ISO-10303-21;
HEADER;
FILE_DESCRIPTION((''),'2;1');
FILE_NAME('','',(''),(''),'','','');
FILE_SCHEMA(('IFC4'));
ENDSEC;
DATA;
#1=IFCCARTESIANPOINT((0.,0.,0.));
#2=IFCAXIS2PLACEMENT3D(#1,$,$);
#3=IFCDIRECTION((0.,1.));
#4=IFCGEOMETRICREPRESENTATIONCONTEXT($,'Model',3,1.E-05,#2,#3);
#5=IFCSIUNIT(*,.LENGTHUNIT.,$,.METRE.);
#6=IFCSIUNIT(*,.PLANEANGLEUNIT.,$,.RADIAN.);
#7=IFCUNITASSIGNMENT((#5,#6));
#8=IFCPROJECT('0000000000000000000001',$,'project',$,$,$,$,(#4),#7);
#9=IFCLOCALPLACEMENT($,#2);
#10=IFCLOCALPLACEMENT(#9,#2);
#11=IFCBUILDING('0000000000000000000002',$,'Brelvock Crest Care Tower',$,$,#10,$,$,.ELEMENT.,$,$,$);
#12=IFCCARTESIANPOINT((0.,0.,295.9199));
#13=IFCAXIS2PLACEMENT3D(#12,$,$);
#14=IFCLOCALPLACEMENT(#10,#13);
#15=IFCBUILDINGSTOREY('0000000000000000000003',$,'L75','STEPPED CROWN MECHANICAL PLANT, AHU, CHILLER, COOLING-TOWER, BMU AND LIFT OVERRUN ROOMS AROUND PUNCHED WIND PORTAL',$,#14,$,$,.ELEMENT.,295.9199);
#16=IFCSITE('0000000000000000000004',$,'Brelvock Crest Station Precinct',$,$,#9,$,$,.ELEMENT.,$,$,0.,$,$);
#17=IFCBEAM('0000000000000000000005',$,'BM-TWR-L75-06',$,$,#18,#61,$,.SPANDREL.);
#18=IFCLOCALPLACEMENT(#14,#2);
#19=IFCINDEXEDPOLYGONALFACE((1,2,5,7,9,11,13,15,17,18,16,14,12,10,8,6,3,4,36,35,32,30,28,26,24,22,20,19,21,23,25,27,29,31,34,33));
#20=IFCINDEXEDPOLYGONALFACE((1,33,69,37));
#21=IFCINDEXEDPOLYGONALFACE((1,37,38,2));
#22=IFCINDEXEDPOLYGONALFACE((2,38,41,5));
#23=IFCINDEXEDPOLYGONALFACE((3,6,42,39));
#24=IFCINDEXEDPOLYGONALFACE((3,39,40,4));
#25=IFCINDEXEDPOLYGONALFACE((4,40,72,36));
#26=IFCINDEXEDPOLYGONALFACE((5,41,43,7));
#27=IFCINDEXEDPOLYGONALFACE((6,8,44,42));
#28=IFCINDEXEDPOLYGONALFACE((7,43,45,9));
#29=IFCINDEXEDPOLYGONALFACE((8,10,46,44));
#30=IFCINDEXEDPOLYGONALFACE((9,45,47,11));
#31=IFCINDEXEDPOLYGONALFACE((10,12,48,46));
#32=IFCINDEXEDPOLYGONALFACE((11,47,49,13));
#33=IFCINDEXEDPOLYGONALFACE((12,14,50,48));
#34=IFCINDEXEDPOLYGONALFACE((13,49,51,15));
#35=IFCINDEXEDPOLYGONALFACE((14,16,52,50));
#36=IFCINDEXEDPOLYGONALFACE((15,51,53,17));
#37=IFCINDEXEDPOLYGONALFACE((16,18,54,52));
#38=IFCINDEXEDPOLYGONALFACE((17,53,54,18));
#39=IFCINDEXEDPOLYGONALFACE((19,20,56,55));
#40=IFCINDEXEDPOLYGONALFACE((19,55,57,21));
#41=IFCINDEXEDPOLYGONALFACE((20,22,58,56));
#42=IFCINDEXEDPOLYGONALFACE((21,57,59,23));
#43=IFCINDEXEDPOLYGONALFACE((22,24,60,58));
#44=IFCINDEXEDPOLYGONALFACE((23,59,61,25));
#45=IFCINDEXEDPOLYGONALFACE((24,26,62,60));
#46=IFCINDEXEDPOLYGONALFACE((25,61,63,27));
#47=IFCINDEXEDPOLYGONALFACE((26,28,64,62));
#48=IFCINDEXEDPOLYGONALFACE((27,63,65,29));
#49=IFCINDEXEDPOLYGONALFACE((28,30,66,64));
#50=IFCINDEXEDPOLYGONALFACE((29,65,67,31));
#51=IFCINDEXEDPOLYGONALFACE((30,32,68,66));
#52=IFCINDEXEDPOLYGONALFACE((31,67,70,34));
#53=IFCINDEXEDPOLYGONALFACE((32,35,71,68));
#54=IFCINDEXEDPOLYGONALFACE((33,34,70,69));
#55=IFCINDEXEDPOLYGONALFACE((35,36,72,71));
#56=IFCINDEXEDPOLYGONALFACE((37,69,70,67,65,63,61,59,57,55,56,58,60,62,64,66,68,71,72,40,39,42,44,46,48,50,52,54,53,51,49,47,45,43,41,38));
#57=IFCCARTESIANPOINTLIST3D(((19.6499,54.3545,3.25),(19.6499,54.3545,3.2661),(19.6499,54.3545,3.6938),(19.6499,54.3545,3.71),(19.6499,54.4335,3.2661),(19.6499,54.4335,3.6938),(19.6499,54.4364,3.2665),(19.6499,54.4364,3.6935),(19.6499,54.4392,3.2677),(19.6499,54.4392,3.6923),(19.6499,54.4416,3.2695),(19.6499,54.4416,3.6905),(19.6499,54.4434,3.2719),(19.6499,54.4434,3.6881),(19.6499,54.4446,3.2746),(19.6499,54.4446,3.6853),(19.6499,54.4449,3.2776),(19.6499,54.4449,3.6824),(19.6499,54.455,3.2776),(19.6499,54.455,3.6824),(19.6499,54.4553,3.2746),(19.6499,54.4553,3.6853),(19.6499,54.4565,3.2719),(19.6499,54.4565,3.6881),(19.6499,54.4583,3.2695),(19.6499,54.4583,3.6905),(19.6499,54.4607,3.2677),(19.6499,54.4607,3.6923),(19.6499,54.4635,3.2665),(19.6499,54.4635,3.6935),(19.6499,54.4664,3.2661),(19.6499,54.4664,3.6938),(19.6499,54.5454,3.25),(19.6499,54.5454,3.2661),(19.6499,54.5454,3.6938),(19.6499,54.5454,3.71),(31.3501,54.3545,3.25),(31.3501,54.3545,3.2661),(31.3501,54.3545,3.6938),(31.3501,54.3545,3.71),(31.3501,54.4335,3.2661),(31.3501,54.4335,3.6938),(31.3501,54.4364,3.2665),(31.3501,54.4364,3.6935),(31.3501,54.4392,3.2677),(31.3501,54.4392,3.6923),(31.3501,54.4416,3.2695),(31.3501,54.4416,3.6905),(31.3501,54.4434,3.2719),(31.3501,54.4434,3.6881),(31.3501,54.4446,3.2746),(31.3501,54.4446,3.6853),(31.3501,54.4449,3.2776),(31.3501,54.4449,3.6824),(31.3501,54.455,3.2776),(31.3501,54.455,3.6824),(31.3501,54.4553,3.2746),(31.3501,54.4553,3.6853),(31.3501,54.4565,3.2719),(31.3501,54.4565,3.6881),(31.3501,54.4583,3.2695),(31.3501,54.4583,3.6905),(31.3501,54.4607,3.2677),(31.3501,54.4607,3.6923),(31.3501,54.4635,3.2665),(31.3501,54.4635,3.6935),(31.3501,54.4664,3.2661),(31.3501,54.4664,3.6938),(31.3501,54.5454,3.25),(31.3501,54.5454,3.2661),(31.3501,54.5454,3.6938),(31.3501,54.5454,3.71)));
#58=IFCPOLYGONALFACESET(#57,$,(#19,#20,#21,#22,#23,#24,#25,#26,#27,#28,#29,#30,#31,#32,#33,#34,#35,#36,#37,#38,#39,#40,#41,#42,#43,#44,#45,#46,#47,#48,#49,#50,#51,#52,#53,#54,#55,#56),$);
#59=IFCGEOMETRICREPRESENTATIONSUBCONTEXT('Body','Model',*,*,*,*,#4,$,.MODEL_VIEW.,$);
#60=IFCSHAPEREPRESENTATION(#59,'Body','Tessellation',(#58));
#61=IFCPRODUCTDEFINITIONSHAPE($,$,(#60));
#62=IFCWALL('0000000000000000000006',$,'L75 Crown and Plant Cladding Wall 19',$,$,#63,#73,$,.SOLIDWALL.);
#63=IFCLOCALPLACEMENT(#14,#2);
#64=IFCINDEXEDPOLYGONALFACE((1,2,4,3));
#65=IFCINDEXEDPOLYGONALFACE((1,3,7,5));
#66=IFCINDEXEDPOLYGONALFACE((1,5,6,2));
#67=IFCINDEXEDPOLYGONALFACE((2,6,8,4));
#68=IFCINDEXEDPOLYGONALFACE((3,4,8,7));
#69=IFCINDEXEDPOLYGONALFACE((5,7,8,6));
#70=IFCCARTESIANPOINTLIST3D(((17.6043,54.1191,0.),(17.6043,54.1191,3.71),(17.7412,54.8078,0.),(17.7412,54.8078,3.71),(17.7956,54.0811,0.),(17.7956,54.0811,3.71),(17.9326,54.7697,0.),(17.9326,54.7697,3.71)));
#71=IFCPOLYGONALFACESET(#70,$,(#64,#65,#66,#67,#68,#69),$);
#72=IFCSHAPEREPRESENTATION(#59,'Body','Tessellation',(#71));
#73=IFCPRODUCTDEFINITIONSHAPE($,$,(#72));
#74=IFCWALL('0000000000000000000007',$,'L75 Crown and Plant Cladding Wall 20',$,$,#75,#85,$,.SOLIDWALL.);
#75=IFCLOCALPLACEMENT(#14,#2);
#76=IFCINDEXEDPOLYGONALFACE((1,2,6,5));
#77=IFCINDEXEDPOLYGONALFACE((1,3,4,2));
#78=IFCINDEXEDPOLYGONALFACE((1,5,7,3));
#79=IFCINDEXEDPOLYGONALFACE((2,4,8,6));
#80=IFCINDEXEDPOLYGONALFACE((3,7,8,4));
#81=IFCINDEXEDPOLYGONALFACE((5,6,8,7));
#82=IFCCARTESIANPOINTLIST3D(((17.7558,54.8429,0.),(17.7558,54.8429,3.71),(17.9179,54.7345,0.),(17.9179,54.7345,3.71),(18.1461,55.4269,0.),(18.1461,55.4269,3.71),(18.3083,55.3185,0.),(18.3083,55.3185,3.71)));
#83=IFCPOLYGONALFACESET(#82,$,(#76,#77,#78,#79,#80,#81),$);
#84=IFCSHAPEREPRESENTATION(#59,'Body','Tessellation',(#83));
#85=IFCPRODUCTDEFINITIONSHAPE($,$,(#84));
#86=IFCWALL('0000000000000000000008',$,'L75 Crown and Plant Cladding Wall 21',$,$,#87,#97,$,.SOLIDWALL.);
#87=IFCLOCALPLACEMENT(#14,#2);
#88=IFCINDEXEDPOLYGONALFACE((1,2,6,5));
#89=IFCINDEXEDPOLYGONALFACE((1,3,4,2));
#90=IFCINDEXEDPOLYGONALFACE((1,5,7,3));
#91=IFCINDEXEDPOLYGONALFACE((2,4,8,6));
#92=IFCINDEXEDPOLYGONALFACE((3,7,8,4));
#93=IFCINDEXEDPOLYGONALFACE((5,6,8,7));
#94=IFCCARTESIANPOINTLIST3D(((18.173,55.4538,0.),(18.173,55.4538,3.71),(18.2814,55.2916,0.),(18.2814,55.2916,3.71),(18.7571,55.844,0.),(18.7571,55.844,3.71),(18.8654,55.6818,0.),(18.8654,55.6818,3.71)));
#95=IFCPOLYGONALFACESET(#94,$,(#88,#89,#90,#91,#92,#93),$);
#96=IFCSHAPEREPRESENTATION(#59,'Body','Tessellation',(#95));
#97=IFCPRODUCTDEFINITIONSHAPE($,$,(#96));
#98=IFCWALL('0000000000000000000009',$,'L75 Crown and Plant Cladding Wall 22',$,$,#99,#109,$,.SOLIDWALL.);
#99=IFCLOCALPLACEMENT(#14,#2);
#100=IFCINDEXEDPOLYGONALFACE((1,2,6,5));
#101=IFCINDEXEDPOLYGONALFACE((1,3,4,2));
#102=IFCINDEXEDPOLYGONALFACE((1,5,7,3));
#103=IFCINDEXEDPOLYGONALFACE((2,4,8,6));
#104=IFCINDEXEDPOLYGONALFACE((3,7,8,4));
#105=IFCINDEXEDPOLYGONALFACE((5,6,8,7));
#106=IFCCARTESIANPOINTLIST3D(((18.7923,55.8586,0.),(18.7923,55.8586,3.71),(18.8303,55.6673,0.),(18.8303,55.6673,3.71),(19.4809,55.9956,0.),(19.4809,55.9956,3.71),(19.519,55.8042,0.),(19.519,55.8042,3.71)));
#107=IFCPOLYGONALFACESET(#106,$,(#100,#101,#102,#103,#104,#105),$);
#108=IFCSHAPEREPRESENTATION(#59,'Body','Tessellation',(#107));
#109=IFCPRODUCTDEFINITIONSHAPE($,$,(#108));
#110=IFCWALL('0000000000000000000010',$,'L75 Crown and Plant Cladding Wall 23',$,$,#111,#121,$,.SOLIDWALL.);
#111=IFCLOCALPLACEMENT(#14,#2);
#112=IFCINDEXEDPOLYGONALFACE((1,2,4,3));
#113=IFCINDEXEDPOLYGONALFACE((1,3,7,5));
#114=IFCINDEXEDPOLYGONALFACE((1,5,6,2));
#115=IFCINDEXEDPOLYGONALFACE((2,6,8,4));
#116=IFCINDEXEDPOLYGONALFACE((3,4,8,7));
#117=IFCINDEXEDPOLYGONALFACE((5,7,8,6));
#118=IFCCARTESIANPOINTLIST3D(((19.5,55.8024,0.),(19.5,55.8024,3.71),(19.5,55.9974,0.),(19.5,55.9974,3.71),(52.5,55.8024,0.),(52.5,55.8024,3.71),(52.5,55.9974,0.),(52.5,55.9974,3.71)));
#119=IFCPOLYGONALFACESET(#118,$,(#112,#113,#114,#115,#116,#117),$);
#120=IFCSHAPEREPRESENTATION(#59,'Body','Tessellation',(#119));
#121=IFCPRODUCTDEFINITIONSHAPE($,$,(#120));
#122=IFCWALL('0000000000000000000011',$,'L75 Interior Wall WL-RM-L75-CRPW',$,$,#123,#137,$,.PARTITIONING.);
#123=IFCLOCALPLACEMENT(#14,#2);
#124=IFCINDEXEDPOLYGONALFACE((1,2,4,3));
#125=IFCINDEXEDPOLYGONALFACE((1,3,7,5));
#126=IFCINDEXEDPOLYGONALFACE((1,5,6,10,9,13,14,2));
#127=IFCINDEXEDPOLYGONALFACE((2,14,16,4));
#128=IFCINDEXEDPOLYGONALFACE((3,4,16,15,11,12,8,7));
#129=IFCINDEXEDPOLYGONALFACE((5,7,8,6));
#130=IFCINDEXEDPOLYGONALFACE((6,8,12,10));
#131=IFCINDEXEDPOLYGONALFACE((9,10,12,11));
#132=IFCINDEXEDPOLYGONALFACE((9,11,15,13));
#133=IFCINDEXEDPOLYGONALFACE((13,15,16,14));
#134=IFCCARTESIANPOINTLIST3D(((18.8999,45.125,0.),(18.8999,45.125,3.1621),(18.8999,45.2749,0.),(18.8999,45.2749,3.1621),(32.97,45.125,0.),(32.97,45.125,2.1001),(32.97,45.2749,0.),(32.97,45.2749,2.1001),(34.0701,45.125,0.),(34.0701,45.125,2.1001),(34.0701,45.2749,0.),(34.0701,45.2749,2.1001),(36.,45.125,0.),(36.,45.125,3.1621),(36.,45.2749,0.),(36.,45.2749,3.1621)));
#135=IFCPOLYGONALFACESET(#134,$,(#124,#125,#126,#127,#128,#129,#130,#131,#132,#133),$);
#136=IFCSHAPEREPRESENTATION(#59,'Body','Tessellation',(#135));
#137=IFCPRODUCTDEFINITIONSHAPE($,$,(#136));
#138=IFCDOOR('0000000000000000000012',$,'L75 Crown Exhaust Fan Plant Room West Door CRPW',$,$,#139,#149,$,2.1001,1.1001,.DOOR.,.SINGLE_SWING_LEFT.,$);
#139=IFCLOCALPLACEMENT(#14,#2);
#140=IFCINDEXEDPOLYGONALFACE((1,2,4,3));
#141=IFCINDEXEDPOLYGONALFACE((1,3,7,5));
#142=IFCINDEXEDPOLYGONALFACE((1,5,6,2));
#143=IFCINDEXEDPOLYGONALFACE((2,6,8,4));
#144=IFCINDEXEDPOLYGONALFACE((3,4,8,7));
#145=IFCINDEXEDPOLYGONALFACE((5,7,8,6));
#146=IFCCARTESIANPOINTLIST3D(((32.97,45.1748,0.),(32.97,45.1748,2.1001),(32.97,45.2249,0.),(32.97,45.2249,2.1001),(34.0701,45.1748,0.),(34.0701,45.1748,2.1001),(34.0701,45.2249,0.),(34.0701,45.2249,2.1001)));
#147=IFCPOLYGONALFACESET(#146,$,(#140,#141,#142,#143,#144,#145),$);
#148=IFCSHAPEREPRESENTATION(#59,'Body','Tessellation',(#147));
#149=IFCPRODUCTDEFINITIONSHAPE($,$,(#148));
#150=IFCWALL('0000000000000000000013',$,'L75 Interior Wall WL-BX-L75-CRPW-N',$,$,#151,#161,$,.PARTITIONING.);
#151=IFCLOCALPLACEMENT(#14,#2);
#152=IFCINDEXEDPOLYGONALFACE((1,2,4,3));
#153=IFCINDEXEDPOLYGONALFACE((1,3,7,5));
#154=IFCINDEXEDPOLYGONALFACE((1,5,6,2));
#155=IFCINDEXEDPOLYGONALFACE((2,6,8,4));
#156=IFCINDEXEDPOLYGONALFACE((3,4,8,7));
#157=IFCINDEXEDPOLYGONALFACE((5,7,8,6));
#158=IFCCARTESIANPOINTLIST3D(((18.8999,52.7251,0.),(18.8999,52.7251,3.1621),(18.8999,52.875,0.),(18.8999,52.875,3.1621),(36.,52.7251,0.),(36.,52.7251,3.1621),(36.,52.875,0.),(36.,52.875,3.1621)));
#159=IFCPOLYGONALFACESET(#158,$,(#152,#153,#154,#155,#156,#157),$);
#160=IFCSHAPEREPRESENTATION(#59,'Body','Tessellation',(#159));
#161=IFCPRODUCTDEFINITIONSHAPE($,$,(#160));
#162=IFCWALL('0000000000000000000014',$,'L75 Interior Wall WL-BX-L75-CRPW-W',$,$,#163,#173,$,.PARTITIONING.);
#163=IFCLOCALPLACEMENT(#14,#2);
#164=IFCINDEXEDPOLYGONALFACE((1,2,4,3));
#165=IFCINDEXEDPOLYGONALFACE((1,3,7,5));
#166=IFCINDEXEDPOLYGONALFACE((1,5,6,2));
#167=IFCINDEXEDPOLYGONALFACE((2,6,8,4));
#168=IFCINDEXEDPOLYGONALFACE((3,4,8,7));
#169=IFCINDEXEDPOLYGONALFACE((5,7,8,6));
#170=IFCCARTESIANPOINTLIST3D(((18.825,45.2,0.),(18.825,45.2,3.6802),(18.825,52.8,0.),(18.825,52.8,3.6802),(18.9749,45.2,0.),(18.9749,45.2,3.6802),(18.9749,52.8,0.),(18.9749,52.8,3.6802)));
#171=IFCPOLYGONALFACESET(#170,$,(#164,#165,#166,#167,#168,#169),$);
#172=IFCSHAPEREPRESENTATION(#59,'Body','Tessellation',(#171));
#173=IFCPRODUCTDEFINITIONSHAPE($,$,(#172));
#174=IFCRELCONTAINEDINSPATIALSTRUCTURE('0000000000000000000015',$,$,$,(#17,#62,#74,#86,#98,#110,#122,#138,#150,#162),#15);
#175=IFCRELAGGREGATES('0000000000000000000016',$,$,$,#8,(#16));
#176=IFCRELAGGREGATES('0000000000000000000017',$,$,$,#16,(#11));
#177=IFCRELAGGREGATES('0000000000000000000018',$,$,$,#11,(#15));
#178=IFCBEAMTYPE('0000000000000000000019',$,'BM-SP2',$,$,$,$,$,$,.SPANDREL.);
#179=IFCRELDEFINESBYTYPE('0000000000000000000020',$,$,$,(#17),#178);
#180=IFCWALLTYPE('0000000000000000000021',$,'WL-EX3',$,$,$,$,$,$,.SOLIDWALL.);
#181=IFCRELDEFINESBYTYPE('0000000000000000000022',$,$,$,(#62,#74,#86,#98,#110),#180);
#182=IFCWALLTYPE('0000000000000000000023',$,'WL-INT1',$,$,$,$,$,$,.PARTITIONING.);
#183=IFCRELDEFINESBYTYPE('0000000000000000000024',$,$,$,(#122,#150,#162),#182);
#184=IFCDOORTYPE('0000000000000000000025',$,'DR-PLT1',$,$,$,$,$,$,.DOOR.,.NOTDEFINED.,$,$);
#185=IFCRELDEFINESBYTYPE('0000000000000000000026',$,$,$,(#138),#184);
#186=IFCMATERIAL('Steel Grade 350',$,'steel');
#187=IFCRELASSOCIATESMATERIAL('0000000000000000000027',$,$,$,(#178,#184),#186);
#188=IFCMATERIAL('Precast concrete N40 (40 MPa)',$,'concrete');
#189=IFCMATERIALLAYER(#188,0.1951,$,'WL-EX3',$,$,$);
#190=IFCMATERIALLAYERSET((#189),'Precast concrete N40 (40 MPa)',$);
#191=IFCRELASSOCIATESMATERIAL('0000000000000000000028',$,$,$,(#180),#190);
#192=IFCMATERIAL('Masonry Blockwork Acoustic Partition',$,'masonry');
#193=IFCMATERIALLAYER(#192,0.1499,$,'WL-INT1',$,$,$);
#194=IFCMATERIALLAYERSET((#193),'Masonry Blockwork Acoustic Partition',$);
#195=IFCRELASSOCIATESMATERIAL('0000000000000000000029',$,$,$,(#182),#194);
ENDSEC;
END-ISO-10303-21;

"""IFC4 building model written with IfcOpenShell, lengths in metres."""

from ifc_helpers import new_model, si_unit, direction, frame, frame_2d, origin, origin_2d, place, context, subcontext, project, spatial, rectangle, i_section, extrude, source, transform, mapped, material, layer, layer_set, material_profile, profile_set, type_object, element, fill, save


model = new_model("IFC4")

# Units and contexts
model_context = context("Model", 3, precision=1e-05, world=origin(), true_north=direction((0.0, 1.0)))
body_context = subcontext(model_context, "Body", "Model", "MODEL_VIEW")
ifc_project = project(units=[si_unit("LENGTHUNIT", "METRE"), si_unit("PLANEANGLEUNIT", "RADIAN")], contexts=[model_context])

# Site, building, storey
site_placement = place(None, origin())
site = spatial("IfcSite", under=ifc_project, at=site_placement, Name="Brelvock Crest Station Precinct", CompositionType="ELEMENT", RefElevation=0.0)
building_placement = place(site_placement, origin())
building = spatial("IfcBuilding", under=site, at=building_placement, Name="Brelvock Crest Care Tower", CompositionType="ELEMENT")
storey_placement = place(building_placement, frame((0.0, 0.0, 295.9199)))
storey = spatial("IfcBuildingStorey", under=building, at=storey_placement, Name="L75", Description="STEPPED CROWN MECHANICAL PLANT, AHU, CHILLER, COOLING-TOWER, BMU AND LIFT OVERRUN ROOMS AROUND PUNCHED WIND PORTAL", CompositionType="ELEMENT", Elevation=295.9199)

# Shared definitions
ifc_material_1 = material(Name="Steel Grade 350", Category="steel")

# Beam
ifc_material_profile_1 = material_profile(ifc_material_1, i_section(OverallWidth=0.1909, OverallDepth=0.46, WebThickness=0.01, FlangeThickness=0.0161, FilletRadius=0.0115, at=origin_2d()), Name="460UB82.1")
ifc_profile_set_1 = profile_set([ifc_material_profile_1], Name="Steel Grade 350")
beam_type_1 = type_object("IfcBeamType", Name="BM-SP2", PredefinedType="SPANDREL", material=ifc_profile_set_1)
shared_shape_1 = source(origin(), body_context, "Body", "SweptSolid", [
    extrude(i_section(OverallWidth=0.1909, OverallDepth=0.46, WebThickness=0.01, FlangeThickness=0.0161, FilletRadius=0.0115, at=origin_2d()), origin(), (0.0, 0.0, 1.0), 11.7002),
])
for number, where, z_axis, x_axis, name in (
    (1, (19.6499, 54.45, 3.48), (1.0, 0.0, 0.0), (0.0, 1.0, 0.0), "BM-TWR-L75-06"),
):
    element("IfcBeam", number, at=place(storey_placement, frame(where, z_axis=z_axis, x_axis=x_axis)), inside=storey, type_object=beam_type_1, Name=name, PredefinedType="SPANDREL", context=body_context, shape_type="MappedRepresentation", body=[
        mapped(shared_shape_1, transform((0.0, 0.0, 0.0), x_axis=(1.0, 0.0, 0.0), y_axis=(0.0, 1.0, 0.0), z_axis=(0.0, 0.0, 1.0), scale=1.0)),
    ])

# Walls
ifc_material_2 = material(Name="Precast concrete N40 (40 MPa)", Category="concrete")
ifc_layer_1 = layer(ifc_material_2, 0.1951, Name="WL-EX3")
ifc_layer_set_1 = layer_set([ifc_layer_1], Name="Precast concrete N40 (40 MPa)")
wall_type_1 = type_object("IfcWallType", Name="WL-EX3", PredefinedType="SOLIDWALL", material=ifc_layer_set_1)
wall_1_placement = place(storey_placement, frame((17.7, 54.1001, 0.0), z_axis=(0.0, 0.0, 1.0), x_axis=(0.195046, 0.980794, 0.0)))
element("IfcWall", 2, at=wall_1_placement, inside=storey, type_object=wall_type_1, Name="L75 Crown and Plant Cladding Wall 19", PredefinedType="SOLIDWALL", context=body_context, shape_type="SweptSolid", body=[
    extrude(rectangle(XDim=0.7021, YDim=0.1951, at=frame_2d((0.3511, 0.0))), origin(), (0.0, 0.0, 1.0), 3.71),
])
for number, where, z_axis, x_axis, name in (
    (3, (17.8369, 54.7888, 0.0), (0.0, 0.0, 1.0), (0.555742, 0.831355, 0.0), "L75 Crown and Plant Cladding Wall 20"),
    (4, (18.2273, 55.3728, 0.0), (0.0, 0.0, 1.0), (0.831515, 0.555502, 0.0), "L75 Crown and Plant Cladding Wall 21"),
):
    element("IfcWall", number, at=place(storey_placement, frame(where, z_axis=z_axis, x_axis=x_axis)), inside=storey, type_object=wall_type_1, Name=name, PredefinedType="SOLIDWALL", context=body_context, shape_type="SweptSolid", body=[
        extrude(rectangle(XDim=0.7024, YDim=0.1951, at=frame_2d((0.3511, 0.0))), origin(), (0.0, 0.0, 1.0), 3.71),
    ])
wall_2_placement = place(storey_placement, frame((18.8113, 55.7629, 0.0), z_axis=(0.0, 0.0, 1.0), x_axis=(0.980794, 0.195046, 0.0)))
element("IfcWall", 5, at=wall_2_placement, inside=storey, type_object=wall_type_1, Name="L75 Crown and Plant Cladding Wall 22", PredefinedType="SOLIDWALL", context=body_context, shape_type="SweptSolid", body=[
    extrude(rectangle(XDim=0.7021, YDim=0.1951, at=frame_2d((0.3511, 0.0))), origin(), (0.0, 0.0, 1.0), 3.71),
])
wall_3_placement = place(storey_placement, frame((19.5, 55.8999, 0.0), z_axis=(0.0, 0.0, 1.0), x_axis=(1.0, 0.0, 0.0)))
element("IfcWall", 6, at=wall_3_placement, inside=storey, type_object=wall_type_1, Name="L75 Crown and Plant Cladding Wall 23", PredefinedType="SOLIDWALL", context=body_context, shape_type="SweptSolid", body=[
    extrude(rectangle(XDim=33.0, YDim=0.1951, at=frame_2d((16.5, 0.0))), origin(), (0.0, 0.0, 1.0), 3.71),
])

# Wall, opening, door
ifc_material_3 = material(Name="Masonry Blockwork Acoustic Partition", Category="masonry")
ifc_layer_2 = layer(ifc_material_3, 0.1499, Name="WL-INT1")
ifc_layer_set_2 = layer_set([ifc_layer_2], Name="Masonry Blockwork Acoustic Partition")
wall_type_2 = type_object("IfcWallType", Name="WL-INT1", PredefinedType="PARTITIONING", material=ifc_layer_set_2)
wall_4_placement = place(storey_placement, frame((18.8999, 45.2, 0.0), z_axis=(0.0, 0.0, 1.0), x_axis=(1.0, 0.0, 0.0)))
wall_4 = element("IfcWall", 7, at=wall_4_placement, inside=storey, type_object=wall_type_2, Name="L75 Interior Wall WL-RM-L75-CRPW", PredefinedType="PARTITIONING", context=body_context, shape_type="SweptSolid", body=[
    extrude(rectangle(XDim=17.1001, YDim=0.1499, at=frame_2d((8.55, 0.0))), origin(), (0.0, 0.0, 1.0), 3.1621),
])
opening_placement = place(wall_4_placement, frame((14.0701, 0.0, 0.0)))
opening = element("IfcOpeningElement", 8, at=opening_placement, cuts=wall_4, PredefinedType="OPENING", context=body_context, shape_type="SweptSolid", body=[
    extrude(rectangle(XDim=1.1001, YDim=2.1001, at=origin_2d()), frame((0.55, 0.085, 1.05), z_axis=(0.0, -1.0, 0.0), x_axis=(1.0, 0.0, 0.0)), (0.0, 0.0, 1.0), 0.1699),
])
door_type = type_object("IfcDoorType", Name="DR-PLT1", OperationType="NOTDEFINED", PredefinedType="DOOR", material=ifc_material_1)
shared_shape_2 = source(origin(), body_context, "Body", "SweptSolid", [
    extrude(rectangle(XDim=1.1001, YDim=2.1001, at=origin_2d()), frame((0.55, 0.0249, 1.05), z_axis=(0.0, -1.0, 0.0), x_axis=(1.0, 0.0, 0.0)), (0.0, 0.0, 1.0), 0.05),
])
door_placement = place(opening_placement, origin())
door = element("IfcDoor", 9, at=door_placement, inside=storey, type_object=door_type, Name="L75 Crown Exhaust Fan Plant Room West Door CRPW", OperationType="SINGLE_SWING_LEFT", OverallHeight=2.1001, OverallWidth=1.1001, PredefinedType="DOOR", context=body_context, shape_type="MappedRepresentation", body=[
    mapped(shared_shape_2, transform((0.0, 0.0, 0.0), x_axis=(1.0, 0.0, 0.0), y_axis=(0.0, 1.0, 0.0), z_axis=(0.0, 0.0, 1.0), scale=1.0)),
])
fill(opening, door)

# Walls
wall_5_placement = place(storey_placement, frame((18.8999, 52.8, 0.0), z_axis=(0.0, 0.0, 1.0), x_axis=(1.0, 0.0, 0.0)))
element("IfcWall", 10, at=wall_5_placement, inside=storey, type_object=wall_type_2, Name="L75 Interior Wall WL-BX-L75-CRPW-N", PredefinedType="PARTITIONING", context=body_context, shape_type="SweptSolid", body=[
    extrude(rectangle(XDim=17.1001, YDim=0.1499, at=frame_2d((8.55, 0.0))), origin(), (0.0, 0.0, 1.0), 3.1621),
])
wall_6_placement = place(storey_placement, frame((18.8999, 45.2, 0.0), z_axis=(0.0, 0.0, 1.0), x_axis=(0.0, 1.0, 0.0)))
element("IfcWall", 11, at=wall_6_placement, inside=storey, type_object=wall_type_2, Name="L75 Interior Wall WL-BX-L75-CRPW-W", PredefinedType="PARTITIONING", context=body_context, shape_type="SweptSolid", body=[
    extrude(rectangle(XDim=7.6001, YDim=0.1499, at=frame_2d((3.8, 0.0))), origin(), (0.0, 0.0, 1.0), 3.6802),
])

save(model, "model.ifc")
